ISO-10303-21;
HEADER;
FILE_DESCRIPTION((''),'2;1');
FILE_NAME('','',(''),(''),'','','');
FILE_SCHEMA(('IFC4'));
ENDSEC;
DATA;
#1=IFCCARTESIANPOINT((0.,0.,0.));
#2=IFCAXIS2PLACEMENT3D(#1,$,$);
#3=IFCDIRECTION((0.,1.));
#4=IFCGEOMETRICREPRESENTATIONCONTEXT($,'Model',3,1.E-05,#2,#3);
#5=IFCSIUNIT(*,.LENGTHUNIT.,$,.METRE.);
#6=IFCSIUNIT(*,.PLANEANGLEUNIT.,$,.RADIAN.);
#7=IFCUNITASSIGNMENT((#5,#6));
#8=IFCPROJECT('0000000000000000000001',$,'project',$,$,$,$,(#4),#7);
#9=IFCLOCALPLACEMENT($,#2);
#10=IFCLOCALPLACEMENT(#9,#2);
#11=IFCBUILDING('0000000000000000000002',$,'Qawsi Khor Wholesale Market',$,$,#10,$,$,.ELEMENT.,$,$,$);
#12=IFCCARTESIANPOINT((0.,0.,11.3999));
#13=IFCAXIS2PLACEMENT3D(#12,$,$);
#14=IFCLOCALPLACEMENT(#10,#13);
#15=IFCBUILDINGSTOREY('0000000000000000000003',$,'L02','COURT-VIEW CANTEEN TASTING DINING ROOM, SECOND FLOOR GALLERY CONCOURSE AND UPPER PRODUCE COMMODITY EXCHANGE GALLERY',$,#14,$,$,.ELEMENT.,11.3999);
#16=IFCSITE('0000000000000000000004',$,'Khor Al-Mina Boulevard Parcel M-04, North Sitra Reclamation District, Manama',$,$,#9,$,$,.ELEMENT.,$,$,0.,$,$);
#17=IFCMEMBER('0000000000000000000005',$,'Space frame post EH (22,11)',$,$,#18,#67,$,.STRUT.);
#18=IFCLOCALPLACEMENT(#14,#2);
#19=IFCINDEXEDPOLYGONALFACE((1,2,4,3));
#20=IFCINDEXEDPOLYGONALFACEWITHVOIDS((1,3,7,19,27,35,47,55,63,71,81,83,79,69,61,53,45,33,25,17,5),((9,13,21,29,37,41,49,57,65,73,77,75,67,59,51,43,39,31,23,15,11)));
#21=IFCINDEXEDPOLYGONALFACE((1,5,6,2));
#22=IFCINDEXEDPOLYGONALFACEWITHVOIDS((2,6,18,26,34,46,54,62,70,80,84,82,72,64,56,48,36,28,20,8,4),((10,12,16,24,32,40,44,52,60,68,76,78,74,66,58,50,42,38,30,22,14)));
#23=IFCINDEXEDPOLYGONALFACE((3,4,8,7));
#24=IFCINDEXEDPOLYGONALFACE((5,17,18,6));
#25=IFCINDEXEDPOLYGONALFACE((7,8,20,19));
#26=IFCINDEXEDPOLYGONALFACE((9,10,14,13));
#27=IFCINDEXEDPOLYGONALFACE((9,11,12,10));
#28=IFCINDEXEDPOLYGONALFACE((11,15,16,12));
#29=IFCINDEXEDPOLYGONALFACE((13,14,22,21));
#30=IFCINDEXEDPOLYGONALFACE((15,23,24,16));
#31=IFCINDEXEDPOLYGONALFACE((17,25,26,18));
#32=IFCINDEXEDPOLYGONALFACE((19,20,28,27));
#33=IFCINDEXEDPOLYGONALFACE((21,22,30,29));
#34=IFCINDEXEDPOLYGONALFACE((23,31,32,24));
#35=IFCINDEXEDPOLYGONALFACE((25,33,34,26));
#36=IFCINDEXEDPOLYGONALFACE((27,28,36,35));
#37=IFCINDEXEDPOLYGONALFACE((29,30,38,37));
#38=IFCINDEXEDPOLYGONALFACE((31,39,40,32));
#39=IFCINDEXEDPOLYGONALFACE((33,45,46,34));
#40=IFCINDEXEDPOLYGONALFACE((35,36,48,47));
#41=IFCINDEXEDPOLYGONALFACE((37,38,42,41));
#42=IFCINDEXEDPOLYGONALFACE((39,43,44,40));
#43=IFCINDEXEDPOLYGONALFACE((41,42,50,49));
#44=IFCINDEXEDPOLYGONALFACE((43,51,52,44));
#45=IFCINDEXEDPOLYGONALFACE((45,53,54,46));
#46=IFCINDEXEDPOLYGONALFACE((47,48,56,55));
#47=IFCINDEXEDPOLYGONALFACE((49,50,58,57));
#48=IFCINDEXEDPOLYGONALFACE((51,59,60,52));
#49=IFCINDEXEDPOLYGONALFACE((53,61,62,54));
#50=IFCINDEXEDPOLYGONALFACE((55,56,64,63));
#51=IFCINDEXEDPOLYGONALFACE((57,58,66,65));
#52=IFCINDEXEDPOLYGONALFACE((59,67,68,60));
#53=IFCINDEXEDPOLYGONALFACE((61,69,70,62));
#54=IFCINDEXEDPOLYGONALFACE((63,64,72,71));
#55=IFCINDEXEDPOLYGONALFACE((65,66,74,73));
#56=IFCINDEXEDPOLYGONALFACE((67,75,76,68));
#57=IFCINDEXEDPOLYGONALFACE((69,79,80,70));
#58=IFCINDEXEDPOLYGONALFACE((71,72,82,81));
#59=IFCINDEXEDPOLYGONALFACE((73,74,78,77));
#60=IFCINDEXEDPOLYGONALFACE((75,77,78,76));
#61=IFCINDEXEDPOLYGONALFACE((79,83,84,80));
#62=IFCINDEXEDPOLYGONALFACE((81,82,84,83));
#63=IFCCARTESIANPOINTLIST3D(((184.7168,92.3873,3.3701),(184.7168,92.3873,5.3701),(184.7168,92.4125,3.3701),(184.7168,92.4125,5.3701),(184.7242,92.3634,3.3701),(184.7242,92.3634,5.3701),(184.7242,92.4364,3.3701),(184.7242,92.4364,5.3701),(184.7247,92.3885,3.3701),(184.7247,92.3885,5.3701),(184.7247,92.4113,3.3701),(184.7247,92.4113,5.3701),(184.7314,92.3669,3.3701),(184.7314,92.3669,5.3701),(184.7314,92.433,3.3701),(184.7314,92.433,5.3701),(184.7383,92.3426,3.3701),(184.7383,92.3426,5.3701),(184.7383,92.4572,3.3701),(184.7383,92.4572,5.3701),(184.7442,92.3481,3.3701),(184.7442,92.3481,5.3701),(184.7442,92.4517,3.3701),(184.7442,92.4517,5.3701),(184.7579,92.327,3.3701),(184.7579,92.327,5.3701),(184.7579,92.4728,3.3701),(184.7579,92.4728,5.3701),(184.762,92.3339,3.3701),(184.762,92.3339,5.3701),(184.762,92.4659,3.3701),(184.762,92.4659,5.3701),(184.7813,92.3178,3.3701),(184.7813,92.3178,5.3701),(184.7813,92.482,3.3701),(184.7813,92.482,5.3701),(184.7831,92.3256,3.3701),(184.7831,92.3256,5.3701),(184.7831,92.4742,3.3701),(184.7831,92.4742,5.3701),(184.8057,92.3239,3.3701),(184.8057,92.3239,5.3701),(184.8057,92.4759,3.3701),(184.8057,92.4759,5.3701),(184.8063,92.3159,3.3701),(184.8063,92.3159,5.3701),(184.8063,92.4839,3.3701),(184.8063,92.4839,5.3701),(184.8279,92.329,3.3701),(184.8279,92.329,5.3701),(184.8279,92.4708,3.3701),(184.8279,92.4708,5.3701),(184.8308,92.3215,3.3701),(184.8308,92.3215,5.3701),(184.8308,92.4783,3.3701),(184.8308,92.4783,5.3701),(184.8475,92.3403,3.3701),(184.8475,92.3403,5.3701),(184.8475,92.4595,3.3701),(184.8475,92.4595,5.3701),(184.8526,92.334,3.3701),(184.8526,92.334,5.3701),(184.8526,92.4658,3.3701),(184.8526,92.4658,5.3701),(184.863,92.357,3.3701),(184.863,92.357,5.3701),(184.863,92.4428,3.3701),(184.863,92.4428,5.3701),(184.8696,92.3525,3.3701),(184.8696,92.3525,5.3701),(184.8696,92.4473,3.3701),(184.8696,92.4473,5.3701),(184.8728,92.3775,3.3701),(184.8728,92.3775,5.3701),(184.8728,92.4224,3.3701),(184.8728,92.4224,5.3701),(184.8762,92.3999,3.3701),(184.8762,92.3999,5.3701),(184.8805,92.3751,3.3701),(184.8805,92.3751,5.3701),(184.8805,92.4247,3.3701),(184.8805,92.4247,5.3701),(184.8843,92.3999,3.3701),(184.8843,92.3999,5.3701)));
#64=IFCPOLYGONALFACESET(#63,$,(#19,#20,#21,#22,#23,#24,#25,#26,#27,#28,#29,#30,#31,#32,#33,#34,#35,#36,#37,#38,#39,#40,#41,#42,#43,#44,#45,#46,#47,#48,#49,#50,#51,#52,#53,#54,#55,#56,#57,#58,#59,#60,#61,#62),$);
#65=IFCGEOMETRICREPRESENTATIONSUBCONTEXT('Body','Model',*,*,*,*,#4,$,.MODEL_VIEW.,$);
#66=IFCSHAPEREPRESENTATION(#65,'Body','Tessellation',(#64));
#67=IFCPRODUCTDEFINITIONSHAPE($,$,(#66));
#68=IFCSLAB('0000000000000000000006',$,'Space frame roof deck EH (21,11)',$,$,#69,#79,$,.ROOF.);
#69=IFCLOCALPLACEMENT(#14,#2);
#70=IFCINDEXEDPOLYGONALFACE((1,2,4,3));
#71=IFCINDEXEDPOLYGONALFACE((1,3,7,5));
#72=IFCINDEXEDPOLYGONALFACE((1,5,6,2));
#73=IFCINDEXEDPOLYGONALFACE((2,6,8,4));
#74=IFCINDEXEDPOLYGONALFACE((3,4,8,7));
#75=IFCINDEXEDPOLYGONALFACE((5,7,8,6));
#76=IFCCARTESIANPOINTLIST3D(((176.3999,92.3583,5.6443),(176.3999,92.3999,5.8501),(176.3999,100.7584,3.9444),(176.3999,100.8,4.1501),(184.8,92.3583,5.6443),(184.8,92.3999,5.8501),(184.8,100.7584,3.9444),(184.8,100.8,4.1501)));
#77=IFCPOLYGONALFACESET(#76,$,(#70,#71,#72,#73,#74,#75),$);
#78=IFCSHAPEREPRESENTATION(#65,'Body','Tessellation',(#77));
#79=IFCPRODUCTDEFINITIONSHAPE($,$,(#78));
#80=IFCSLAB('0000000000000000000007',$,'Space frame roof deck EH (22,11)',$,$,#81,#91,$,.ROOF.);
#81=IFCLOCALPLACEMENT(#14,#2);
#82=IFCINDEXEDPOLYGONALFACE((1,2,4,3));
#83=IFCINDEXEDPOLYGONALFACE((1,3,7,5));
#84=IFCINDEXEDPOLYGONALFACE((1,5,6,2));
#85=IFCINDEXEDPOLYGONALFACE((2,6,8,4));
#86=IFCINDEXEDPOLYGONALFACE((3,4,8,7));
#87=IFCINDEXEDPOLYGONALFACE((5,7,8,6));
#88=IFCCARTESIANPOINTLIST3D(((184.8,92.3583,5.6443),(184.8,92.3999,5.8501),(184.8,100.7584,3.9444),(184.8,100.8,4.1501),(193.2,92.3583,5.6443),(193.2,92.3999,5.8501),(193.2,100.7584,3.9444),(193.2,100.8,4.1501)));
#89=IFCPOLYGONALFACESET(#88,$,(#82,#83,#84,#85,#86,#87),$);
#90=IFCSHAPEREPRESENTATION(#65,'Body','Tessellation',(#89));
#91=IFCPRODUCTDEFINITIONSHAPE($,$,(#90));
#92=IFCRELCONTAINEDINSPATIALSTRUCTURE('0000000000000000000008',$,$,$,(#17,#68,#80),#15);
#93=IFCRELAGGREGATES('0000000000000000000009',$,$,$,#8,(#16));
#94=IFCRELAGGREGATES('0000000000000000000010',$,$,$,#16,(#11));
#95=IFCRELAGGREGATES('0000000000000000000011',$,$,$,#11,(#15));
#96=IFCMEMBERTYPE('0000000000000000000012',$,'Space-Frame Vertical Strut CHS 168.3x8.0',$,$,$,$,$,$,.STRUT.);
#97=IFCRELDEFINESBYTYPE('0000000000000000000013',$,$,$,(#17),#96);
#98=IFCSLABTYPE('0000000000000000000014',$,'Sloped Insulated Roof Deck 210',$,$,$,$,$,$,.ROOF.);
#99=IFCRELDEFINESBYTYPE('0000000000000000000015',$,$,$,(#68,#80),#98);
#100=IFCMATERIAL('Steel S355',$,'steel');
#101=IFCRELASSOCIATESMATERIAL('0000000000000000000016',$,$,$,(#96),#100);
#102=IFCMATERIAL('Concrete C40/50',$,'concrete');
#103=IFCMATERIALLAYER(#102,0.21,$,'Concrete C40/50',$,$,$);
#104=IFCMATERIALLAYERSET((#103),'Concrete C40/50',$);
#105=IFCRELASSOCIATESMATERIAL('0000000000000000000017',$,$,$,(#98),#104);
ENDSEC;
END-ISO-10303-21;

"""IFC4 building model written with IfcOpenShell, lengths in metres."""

from ifc_helpers import new_model, si_unit, direction, frame, origin, origin_2d, place, context, subcontext, project, spatial, polyline, hollow_circle, outline, extrude, material, layer, layer_set, material_profile, profile_set, type_object, element, save


model = new_model("IFC4")

# Units and contexts
model_context = context("Model", 3, precision=1e-05, world=origin(), true_north=direction((0.0, 1.0)))
body_context = subcontext(model_context, "Body", "Model", "MODEL_VIEW")
ifc_project = project(units=[si_unit("LENGTHUNIT", "METRE"), si_unit("PLANEANGLEUNIT", "RADIAN")], contexts=[model_context])

# Site, building, storey
site_placement = place(None, origin())
site = spatial("IfcSite", under=ifc_project, at=site_placement, Name="Khor Al-Mina Boulevard Parcel M-04, North Sitra Reclamation District, Manama", CompositionType="ELEMENT", RefElevation=0.0)
building_placement = place(site_placement, origin())
building = spatial("IfcBuilding", under=site, at=building_placement, Name="Qawsi Khor Wholesale Market", CompositionType="ELEMENT")
storey_placement = place(building_placement, frame((0.0, 0.0, 11.3999)))
storey = spatial("IfcBuildingStorey", under=building, at=storey_placement, Name="L02", Description="COURT-VIEW CANTEEN TASTING DINING ROOM, SECOND FLOOR GALLERY CONCOURSE AND UPPER PRODUCE COMMODITY EXCHANGE GALLERY", CompositionType="ELEMENT", Elevation=11.3999)

# Member
ifc_material_1 = material(Name="Steel S355", Category="steel")
ifc_material_profile_1 = material_profile(ifc_material_1, hollow_circle(Radius=0.0842, WallThickness=0.0081, at=origin_2d()), Name="CHS 168.3x8.0")
ifc_profile_set_1 = profile_set([ifc_material_profile_1], Name="Steel S355")
member_type_1 = type_object("IfcMemberType", Name="Space-Frame Vertical Strut CHS 168.3x8.0", PredefinedType="STRUT", material=ifc_profile_set_1)
for number, where, z_axis, x_axis, name in (
    (1, (184.8, 92.3999, 3.3701), (0.0, 0.0, 1.0), (1.0, 0.0, 0.0), "Space frame post EH (22,11)"),
):
    element("IfcMember", number, at=place(storey_placement, frame(where, z_axis=z_axis, x_axis=x_axis)), inside=storey, type_object=member_type_1, Name=name, PredefinedType="STRUT", context=body_context, shape_type="SweptSolid", body=[
        extrude(hollow_circle(Radius=0.0842, WallThickness=0.0081, at=origin_2d()), origin(), (0.0, 0.0, 1.0), 2.0),
    ])

# Slabs
ifc_material_2 = material(Name="Concrete C40/50", Category="concrete")
ifc_layer = layer(ifc_material_2, 0.21, Name="Concrete C40/50")
ifc_layer_set = layer_set([ifc_layer], Name="Concrete C40/50")
slab_type = type_object("IfcSlabType", Name="Sloped Insulated Roof Deck 210", PredefinedType="ROOF", material=ifc_layer_set)
slab_1_placement = place(storey_placement, frame((176.3999, 92.3999, 5.8501), z_axis=(0.0, 0.198351, 0.980131), x_axis=(1.0, 0.0, 0.0)))
element("IfcSlab", 2, at=slab_1_placement, inside=storey, type_object=slab_type, Name="Space frame roof deck EH (21,11)", PredefinedType="ROOF", context=body_context, shape_type="SweptSolid", body=[
    extrude(outline(polyline([(0.0, 0.0), (8.4001, 0.0), (8.4001, 8.5704), (0.0, 8.5704), (0.0, 0.0)])), origin(), (0.0, 0.0, -1.0), 0.21),
])
slab_2_placement = place(storey_placement, frame((184.8, 92.3999, 5.8501), z_axis=(0.0, 0.198351, 0.980131), x_axis=(1.0, 0.0, 0.0)))
element("IfcSlab", 3, at=slab_2_placement, inside=storey, type_object=slab_type, Name="Space frame roof deck EH (22,11)", PredefinedType="ROOF", context=body_context, shape_type="SweptSolid", body=[
    extrude(outline(polyline([(0.0, 0.0), (8.3999, 0.0), (8.3999, 8.5704), (0.0, 8.5704), (0.0, 0.0)])), origin(), (0.0, 0.0, -1.0), 0.21),
])

save(model, "model.ifc")
